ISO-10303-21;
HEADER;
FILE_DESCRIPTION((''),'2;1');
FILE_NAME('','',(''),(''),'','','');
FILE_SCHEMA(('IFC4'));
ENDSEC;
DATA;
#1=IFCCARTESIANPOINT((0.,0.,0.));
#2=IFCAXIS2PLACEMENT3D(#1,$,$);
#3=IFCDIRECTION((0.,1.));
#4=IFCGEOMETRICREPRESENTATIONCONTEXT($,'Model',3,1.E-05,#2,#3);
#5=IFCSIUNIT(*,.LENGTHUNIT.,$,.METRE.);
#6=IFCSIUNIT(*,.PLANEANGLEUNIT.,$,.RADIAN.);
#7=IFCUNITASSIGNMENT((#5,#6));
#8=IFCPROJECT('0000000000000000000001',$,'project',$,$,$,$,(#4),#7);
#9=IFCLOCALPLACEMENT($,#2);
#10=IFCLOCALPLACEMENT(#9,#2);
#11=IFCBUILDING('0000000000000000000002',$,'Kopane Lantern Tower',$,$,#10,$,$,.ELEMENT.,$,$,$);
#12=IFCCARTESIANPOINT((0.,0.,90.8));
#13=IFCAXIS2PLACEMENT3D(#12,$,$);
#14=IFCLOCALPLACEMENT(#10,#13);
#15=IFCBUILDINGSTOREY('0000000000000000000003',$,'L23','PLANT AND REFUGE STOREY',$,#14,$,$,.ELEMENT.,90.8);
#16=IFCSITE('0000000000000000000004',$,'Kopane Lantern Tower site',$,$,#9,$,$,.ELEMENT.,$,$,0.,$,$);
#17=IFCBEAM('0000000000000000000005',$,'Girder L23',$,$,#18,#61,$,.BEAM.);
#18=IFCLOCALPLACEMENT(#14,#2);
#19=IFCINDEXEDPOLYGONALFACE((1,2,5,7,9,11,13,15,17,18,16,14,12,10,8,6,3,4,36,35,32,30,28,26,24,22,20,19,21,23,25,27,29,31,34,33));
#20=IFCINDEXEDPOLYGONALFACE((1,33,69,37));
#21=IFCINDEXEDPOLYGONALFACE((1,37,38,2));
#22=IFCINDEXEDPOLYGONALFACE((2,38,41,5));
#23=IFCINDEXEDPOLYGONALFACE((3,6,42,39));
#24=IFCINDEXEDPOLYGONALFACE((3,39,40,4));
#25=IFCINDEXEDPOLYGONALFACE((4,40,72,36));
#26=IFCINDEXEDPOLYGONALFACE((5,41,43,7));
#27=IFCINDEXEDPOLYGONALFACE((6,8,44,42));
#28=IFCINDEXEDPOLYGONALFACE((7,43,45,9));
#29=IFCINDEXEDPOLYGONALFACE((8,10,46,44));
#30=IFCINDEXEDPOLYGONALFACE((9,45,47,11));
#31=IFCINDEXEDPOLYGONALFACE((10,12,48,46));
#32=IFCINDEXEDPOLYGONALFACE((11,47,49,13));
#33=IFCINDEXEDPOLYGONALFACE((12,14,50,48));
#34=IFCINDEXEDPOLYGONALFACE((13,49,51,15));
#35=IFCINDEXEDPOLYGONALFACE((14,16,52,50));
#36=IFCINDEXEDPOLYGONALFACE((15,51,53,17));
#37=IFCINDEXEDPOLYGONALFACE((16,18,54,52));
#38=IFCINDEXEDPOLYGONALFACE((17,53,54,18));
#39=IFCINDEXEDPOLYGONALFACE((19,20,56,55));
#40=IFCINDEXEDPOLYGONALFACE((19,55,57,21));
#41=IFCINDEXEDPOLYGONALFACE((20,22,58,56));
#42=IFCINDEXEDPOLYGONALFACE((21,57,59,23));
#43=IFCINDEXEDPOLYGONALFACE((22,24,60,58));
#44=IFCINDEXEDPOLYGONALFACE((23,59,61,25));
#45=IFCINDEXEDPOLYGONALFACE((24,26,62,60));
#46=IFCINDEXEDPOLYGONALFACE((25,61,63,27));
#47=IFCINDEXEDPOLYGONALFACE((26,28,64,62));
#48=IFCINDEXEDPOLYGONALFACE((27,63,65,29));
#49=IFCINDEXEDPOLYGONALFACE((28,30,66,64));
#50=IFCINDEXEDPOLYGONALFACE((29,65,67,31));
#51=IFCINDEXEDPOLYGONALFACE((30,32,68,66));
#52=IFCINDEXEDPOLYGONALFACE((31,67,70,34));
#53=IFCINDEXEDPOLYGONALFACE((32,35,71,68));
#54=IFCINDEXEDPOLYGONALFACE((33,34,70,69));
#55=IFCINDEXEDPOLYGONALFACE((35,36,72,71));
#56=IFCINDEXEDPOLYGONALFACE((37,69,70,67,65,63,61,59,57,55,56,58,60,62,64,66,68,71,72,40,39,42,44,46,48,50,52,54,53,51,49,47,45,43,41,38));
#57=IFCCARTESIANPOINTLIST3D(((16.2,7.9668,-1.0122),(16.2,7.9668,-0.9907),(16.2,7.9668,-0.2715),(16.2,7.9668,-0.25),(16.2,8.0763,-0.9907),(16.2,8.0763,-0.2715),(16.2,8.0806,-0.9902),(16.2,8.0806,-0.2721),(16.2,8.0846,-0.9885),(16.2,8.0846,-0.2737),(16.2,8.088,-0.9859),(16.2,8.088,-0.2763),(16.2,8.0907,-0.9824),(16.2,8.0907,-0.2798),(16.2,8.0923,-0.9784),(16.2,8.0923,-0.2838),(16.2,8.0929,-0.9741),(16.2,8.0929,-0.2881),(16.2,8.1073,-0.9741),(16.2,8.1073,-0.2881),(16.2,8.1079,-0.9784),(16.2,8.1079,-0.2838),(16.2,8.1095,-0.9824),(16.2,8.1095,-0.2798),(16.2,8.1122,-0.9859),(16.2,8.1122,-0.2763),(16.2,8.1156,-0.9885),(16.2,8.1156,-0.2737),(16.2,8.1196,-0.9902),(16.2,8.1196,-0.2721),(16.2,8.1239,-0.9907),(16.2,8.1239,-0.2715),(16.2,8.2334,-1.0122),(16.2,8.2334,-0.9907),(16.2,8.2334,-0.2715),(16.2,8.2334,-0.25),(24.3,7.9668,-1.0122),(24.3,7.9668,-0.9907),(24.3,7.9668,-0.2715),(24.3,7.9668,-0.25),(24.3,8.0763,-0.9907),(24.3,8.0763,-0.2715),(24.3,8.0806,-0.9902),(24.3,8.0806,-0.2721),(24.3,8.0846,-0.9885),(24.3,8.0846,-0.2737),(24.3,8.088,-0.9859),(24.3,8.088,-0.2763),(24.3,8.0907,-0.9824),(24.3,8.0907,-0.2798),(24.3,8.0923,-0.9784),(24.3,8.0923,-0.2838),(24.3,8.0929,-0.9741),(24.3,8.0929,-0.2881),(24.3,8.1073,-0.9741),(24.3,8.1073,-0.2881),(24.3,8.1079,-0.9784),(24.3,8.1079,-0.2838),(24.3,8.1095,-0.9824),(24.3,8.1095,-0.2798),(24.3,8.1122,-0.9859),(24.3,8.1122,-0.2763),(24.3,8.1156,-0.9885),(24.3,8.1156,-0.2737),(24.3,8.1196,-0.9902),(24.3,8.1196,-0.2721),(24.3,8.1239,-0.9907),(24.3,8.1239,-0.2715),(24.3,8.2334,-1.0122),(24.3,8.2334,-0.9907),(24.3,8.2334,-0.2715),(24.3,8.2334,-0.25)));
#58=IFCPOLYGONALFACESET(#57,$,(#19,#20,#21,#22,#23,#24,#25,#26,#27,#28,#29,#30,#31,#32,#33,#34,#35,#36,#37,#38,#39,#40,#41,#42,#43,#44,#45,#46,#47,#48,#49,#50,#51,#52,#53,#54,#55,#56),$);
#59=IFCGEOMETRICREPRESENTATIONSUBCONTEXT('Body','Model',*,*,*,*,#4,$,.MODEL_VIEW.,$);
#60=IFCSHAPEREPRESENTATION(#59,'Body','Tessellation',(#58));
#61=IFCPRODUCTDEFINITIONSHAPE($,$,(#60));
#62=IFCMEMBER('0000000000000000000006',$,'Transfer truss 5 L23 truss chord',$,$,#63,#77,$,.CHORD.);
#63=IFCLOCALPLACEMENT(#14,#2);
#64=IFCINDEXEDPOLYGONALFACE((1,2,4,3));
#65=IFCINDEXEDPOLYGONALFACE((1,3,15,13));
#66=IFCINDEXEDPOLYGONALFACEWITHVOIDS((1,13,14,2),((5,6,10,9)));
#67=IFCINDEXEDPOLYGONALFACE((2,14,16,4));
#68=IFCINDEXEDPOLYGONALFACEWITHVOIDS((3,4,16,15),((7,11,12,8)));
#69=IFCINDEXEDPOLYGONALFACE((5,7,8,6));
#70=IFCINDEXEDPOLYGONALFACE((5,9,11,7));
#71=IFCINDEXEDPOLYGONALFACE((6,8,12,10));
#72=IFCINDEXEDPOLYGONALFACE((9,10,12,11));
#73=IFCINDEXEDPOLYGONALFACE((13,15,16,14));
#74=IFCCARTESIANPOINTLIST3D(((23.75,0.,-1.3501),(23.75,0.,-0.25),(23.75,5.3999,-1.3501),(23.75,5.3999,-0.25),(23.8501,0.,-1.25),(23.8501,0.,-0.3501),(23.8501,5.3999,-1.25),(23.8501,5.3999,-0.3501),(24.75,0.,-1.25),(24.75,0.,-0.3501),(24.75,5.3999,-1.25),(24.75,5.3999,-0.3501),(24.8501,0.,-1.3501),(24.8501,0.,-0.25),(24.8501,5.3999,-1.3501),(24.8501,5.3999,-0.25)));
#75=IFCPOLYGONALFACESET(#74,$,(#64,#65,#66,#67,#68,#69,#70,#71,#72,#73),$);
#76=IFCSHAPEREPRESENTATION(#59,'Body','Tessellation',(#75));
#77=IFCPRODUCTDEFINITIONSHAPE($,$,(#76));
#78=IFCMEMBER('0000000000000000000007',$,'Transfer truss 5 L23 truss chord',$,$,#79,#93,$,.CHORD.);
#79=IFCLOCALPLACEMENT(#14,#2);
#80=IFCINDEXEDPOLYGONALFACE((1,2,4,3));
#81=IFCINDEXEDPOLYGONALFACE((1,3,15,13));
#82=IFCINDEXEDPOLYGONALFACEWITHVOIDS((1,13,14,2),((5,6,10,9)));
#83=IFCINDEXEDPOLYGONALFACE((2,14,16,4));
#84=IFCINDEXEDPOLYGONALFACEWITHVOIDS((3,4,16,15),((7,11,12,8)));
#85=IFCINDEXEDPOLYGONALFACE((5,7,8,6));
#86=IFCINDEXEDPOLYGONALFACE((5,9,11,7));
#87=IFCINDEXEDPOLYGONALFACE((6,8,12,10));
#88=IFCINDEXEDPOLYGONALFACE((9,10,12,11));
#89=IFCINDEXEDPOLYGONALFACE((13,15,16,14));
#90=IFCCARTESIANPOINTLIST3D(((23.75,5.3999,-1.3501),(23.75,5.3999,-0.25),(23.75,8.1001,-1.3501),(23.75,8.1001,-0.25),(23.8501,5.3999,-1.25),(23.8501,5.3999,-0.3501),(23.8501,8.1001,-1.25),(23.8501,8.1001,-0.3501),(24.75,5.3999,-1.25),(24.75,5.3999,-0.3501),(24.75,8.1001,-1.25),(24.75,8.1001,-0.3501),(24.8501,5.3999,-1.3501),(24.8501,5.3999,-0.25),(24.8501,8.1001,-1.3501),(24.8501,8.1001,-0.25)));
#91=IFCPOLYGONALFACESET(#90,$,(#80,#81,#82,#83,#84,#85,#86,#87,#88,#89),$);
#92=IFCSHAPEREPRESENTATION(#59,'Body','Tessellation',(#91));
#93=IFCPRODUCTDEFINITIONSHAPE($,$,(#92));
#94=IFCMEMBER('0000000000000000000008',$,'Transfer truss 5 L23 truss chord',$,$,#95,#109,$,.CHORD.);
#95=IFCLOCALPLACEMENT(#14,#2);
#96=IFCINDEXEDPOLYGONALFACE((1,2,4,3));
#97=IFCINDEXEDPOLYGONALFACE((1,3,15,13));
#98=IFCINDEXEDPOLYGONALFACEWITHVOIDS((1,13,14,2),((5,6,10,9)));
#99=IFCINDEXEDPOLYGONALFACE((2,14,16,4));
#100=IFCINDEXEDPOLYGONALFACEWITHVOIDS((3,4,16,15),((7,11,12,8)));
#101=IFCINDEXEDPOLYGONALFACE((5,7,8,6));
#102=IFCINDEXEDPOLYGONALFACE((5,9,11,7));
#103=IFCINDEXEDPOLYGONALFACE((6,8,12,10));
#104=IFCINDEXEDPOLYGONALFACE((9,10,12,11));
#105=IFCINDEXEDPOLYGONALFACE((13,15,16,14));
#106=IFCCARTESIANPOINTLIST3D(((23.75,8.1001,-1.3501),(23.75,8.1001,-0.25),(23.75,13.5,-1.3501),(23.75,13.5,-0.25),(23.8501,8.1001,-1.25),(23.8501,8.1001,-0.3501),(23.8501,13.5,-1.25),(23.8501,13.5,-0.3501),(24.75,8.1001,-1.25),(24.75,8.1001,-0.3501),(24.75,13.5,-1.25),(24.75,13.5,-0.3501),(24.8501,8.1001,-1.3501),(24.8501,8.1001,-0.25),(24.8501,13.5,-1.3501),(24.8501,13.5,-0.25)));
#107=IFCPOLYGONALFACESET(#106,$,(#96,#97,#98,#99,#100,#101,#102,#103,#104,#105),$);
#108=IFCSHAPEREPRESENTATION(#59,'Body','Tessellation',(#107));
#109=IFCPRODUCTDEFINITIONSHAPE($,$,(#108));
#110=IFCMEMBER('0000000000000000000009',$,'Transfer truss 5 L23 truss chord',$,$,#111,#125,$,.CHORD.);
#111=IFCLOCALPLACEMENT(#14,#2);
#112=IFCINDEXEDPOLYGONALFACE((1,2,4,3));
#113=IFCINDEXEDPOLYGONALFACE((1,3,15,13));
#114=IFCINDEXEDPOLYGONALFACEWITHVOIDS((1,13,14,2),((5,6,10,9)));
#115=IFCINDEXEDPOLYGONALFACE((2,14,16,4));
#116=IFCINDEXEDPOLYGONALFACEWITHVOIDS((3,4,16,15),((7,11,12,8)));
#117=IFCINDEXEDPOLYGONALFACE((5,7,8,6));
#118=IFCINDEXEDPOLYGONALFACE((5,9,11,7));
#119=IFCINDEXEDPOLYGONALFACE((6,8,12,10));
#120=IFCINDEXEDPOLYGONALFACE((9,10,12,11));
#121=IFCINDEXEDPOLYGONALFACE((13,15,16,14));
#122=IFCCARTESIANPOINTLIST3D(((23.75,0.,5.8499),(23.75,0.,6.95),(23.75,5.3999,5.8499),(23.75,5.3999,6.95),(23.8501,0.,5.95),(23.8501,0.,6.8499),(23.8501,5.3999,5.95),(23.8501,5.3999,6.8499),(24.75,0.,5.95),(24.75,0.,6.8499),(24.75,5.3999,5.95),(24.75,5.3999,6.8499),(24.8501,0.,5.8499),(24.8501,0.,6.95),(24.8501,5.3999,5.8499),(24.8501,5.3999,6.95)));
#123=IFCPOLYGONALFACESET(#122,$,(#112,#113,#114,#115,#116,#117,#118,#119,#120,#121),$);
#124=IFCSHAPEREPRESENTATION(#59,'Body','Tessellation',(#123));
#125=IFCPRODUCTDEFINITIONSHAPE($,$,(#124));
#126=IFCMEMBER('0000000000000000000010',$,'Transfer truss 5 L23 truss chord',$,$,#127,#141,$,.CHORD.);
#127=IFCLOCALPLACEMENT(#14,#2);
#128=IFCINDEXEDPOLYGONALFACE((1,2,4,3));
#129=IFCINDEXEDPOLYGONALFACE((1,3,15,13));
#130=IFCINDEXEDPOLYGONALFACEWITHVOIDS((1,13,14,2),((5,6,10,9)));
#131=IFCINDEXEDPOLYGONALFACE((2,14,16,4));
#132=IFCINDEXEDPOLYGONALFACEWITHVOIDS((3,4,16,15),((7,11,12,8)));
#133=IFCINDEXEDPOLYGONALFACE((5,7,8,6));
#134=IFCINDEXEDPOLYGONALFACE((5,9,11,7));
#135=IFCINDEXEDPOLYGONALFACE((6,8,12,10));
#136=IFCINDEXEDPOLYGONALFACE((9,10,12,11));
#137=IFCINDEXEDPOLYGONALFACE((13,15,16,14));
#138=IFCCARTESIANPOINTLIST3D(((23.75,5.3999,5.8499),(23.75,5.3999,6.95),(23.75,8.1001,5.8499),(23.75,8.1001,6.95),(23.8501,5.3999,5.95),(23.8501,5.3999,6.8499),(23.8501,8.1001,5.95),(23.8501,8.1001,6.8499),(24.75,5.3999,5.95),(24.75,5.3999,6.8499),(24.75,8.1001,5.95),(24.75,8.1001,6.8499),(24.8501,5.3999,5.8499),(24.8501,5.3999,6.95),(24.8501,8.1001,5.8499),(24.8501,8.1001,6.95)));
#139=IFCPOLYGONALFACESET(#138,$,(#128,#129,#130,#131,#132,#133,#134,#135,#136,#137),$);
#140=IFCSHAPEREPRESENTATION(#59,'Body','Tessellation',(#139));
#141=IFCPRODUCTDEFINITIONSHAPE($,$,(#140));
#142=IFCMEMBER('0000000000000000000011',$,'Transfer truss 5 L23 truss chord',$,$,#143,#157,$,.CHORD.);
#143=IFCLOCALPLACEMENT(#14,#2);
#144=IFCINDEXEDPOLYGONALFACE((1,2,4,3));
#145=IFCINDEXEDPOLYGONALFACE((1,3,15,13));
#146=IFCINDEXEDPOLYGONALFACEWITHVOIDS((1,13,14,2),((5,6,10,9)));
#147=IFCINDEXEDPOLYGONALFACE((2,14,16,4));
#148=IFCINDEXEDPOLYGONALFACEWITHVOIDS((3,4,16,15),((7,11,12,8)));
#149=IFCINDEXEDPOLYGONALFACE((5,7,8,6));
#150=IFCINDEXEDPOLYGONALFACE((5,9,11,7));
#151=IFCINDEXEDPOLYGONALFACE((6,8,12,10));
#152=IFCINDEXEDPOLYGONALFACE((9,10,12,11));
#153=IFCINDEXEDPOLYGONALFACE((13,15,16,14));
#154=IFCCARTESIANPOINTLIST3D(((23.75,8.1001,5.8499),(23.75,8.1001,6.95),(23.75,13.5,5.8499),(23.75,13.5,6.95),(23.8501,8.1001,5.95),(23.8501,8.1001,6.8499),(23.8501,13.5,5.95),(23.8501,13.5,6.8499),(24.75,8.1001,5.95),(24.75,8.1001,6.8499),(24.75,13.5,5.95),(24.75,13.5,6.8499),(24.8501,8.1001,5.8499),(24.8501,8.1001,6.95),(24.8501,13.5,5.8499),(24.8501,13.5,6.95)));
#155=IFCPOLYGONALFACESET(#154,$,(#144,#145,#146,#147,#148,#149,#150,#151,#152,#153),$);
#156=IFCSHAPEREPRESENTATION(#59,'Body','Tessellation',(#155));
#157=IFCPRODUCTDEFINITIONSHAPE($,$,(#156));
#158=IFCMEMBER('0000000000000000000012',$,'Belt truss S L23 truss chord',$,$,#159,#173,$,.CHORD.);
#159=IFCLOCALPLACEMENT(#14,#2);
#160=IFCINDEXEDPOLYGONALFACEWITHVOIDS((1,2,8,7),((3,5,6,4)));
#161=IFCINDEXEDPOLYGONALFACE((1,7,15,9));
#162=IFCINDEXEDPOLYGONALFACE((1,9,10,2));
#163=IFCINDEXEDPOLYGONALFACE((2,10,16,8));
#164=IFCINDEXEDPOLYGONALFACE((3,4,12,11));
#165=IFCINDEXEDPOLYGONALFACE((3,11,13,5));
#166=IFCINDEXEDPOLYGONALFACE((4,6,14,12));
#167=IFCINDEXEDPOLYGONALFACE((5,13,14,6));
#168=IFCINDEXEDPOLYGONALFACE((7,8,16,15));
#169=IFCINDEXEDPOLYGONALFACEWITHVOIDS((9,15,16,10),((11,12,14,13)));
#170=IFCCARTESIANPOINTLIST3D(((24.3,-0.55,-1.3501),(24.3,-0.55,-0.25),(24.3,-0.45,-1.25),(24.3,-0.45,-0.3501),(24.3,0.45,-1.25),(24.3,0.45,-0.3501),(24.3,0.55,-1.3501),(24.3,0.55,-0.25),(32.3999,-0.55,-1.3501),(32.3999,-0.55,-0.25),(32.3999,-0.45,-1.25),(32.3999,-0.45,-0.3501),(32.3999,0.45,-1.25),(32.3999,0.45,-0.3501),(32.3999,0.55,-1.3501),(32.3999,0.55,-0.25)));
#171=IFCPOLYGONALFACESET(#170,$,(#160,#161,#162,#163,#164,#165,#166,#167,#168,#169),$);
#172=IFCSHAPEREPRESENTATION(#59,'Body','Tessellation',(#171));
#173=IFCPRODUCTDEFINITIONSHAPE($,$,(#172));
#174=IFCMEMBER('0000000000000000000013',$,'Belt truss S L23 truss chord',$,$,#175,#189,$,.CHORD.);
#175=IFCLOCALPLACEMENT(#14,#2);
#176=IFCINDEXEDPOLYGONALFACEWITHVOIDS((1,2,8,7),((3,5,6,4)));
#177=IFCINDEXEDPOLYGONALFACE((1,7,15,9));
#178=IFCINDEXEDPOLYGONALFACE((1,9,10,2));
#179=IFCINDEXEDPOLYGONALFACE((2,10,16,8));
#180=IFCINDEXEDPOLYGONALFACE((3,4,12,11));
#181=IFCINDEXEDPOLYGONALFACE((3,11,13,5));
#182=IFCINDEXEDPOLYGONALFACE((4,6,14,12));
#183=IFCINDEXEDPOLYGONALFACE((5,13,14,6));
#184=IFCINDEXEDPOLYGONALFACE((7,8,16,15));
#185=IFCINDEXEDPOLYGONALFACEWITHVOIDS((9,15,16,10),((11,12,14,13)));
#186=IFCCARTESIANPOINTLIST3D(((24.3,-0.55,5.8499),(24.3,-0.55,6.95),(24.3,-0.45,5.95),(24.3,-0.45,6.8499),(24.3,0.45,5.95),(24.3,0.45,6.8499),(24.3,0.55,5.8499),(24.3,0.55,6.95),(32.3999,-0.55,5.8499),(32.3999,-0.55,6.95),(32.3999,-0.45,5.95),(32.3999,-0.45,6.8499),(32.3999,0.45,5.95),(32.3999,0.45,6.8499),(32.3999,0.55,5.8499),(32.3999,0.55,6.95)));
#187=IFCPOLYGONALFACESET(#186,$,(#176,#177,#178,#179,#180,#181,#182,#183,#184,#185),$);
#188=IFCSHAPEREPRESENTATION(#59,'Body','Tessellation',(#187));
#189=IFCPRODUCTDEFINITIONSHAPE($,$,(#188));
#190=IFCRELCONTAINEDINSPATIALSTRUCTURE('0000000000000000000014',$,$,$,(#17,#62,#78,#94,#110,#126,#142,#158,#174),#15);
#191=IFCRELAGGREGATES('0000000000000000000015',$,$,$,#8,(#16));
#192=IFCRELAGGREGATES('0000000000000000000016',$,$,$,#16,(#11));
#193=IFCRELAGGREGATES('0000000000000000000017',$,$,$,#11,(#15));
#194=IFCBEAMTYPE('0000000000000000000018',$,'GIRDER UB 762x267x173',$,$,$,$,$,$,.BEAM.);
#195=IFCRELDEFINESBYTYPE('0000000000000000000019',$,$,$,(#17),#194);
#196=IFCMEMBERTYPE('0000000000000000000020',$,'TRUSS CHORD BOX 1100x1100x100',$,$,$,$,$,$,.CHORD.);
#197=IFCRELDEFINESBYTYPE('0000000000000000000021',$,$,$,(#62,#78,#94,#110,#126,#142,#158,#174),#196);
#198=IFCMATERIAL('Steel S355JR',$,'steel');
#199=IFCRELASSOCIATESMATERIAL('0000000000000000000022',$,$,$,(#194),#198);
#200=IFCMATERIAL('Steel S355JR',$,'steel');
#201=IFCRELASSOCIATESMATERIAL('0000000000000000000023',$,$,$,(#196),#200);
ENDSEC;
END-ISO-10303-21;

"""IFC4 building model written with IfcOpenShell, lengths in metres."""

from ifc_helpers import new_model, si_unit, direction, frame, origin, origin_2d, place, context, subcontext, project, spatial, hollow_rectangle, i_section, extrude, material, material_profile, profile_set, type_object, element, save


model = new_model("IFC4")

# Units and contexts
model_context = context("Model", 3, precision=1e-05, world=origin(), true_north=direction((0.0, 1.0)))
body_context = subcontext(model_context, "Body", "Model", "MODEL_VIEW")
ifc_project = project(units=[si_unit("LENGTHUNIT", "METRE"), si_unit("PLANEANGLEUNIT", "RADIAN")], contexts=[model_context])

# Site, building, storey
site_placement = place(None, origin())
site = spatial("IfcSite", under=ifc_project, at=site_placement, Name="Kopane Lantern Tower site", CompositionType="ELEMENT", RefElevation=0.0)
building_placement = place(site_placement, origin())
building = spatial("IfcBuilding", under=site, at=building_placement, Name="Kopane Lantern Tower", CompositionType="ELEMENT")
storey_placement = place(building_placement, frame((0.0, 0.0, 90.8)))
storey = spatial("IfcBuildingStorey", under=building, at=storey_placement, Name="L23", Description="PLANT AND REFUGE STOREY", CompositionType="ELEMENT", Elevation=90.8)

# Beam
ifc_material_1 = material(Name="Steel S355JR", Category="steel")
ifc_material_profile_1 = material_profile(ifc_material_1, i_section(OverallWidth=0.2666, OverallDepth=0.7622, WebThickness=0.0144, FlangeThickness=0.0215, FilletRadius=0.0166, at=origin_2d()), Name="UB 762x267x173")
ifc_profile_set_1 = profile_set([ifc_material_profile_1], Name="Steel S355JR")
beam_type = type_object("IfcBeamType", Name="GIRDER UB 762x267x173", PredefinedType="BEAM", material=ifc_profile_set_1)
beam_placement = place(storey_placement, frame((16.2, 8.1001, -0.6311), z_axis=(1.0, 0.0, 0.0), x_axis=(0.0, 1.0, 0.0)))
element("IfcBeam", 1, at=beam_placement, inside=storey, type_object=beam_type, Name="Girder L23", PredefinedType="BEAM", context=body_context, shape_type="SweptSolid", body=[
    extrude(i_section(OverallWidth=0.2666, OverallDepth=0.7622, WebThickness=0.0144, FlangeThickness=0.0215, FilletRadius=0.0166, at=origin_2d()), origin(), (0.0, 0.0, 1.0), 8.1001),
])

# Members
ifc_material_2 = material(Name="Steel S355JR", Category="steel")
ifc_material_profile_2 = material_profile(ifc_material_2, hollow_rectangle(XDim=1.1001, YDim=1.1001, WallThickness=0.1001, at=origin_2d()), Name="BOX 1100x1100x100")
ifc_profile_set_2 = profile_set([ifc_material_profile_2], Name="Steel S355JR")
member_type_1 = type_object("IfcMemberType", Name="TRUSS CHORD BOX 1100x1100x100", PredefinedType="CHORD", material=ifc_profile_set_2)
member_1_placement = place(storey_placement, frame((24.3, 0.0, -0.8), z_axis=(0.0, 1.0, 0.0), x_axis=(-1.0, 0.0, 0.0)))
element("IfcMember", 2, at=member_1_placement, inside=storey, type_object=member_type_1, Name="Transfer truss 5 L23 truss chord", PredefinedType="CHORD", context=body_context, shape_type="SweptSolid", body=[
    extrude(hollow_rectangle(XDim=1.1001, YDim=1.1001, WallThickness=0.1001, at=origin_2d()), origin(), (0.0, 0.0, 1.0), 5.3999),
])
member_2_placement = place(storey_placement, frame((24.3, 5.3999, -0.8), z_axis=(0.0, 1.0, 0.0), x_axis=(-1.0, 0.0, 0.0)))
element("IfcMember", 3, at=member_2_placement, inside=storey, type_object=member_type_1, Name="Transfer truss 5 L23 truss chord", PredefinedType="CHORD", context=body_context, shape_type="SweptSolid", body=[
    extrude(hollow_rectangle(XDim=1.1001, YDim=1.1001, WallThickness=0.1001, at=origin_2d()), origin(), (0.0, 0.0, 1.0), 2.7002),
])
for number, where, z_axis, x_axis, name in (
    (4, (24.3, 8.1001, -0.8), (0.0, 1.0, 0.0), (-1.0, 0.0, 0.0), "Transfer truss 5 L23 truss chord"),
    (5, (24.3, 0.0, 6.3999), (0.0, 1.0, 0.0), (-1.0, 0.0, 0.0), "Transfer truss 5 L23 truss chord"),
):
    element("IfcMember", number, at=place(storey_placement, frame(where, z_axis=z_axis, x_axis=x_axis)), inside=storey, type_object=member_type_1, Name=name, PredefinedType="CHORD", context=body_context, shape_type="SweptSolid", body=[
        extrude(hollow_rectangle(XDim=1.1001, YDim=1.1001, WallThickness=0.1001, at=origin_2d()), origin(), (0.0, 0.0, 1.0), 5.3999),
    ])
member_3_placement = place(storey_placement, frame((24.3, 5.3999, 6.3999), z_axis=(0.0, 1.0, 0.0), x_axis=(-1.0, 0.0, 0.0)))
element("IfcMember", 6, at=member_3_placement, inside=storey, type_object=member_type_1, Name="Transfer truss 5 L23 truss chord", PredefinedType="CHORD", context=body_context, shape_type="SweptSolid", body=[
    extrude(hollow_rectangle(XDim=1.1001, YDim=1.1001, WallThickness=0.1001, at=origin_2d()), origin(), (0.0, 0.0, 1.0), 2.7002),
])
member_4_placement = place(storey_placement, frame((24.3, 8.1001, 6.3999), z_axis=(0.0, 1.0, 0.0), x_axis=(-1.0, 0.0, 0.0)))
element("IfcMember", 7, at=member_4_placement, inside=storey, type_object=member_type_1, Name="Transfer truss 5 L23 truss chord", PredefinedType="CHORD", context=body_context, shape_type="SweptSolid", body=[
    extrude(hollow_rectangle(XDim=1.1001, YDim=1.1001, WallThickness=0.1001, at=origin_2d()), origin(), (0.0, 0.0, 1.0), 5.3999),
])
for number, where, z_axis, x_axis, name in (
    (8, (24.3, 0.0, -0.8), (1.0, 0.0, 0.0), (0.0, 1.0, 0.0), "Belt truss S L23 truss chord"),
    (9, (24.3, 0.0, 6.3999), (1.0, 0.0, 0.0), (0.0, 1.0, 0.0), "Belt truss S L23 truss chord"),
):
    element("IfcMember", number, at=place(storey_placement, frame(where, z_axis=z_axis, x_axis=x_axis)), inside=storey, type_object=member_type_1, Name=name, PredefinedType="CHORD", context=body_context, shape_type="SweptSolid", body=[
        extrude(hollow_rectangle(XDim=1.1001, YDim=1.1001, WallThickness=0.1001, at=origin_2d()), origin(), (0.0, 0.0, 1.0), 8.0999),
    ])

save(model, "model.ifc")
